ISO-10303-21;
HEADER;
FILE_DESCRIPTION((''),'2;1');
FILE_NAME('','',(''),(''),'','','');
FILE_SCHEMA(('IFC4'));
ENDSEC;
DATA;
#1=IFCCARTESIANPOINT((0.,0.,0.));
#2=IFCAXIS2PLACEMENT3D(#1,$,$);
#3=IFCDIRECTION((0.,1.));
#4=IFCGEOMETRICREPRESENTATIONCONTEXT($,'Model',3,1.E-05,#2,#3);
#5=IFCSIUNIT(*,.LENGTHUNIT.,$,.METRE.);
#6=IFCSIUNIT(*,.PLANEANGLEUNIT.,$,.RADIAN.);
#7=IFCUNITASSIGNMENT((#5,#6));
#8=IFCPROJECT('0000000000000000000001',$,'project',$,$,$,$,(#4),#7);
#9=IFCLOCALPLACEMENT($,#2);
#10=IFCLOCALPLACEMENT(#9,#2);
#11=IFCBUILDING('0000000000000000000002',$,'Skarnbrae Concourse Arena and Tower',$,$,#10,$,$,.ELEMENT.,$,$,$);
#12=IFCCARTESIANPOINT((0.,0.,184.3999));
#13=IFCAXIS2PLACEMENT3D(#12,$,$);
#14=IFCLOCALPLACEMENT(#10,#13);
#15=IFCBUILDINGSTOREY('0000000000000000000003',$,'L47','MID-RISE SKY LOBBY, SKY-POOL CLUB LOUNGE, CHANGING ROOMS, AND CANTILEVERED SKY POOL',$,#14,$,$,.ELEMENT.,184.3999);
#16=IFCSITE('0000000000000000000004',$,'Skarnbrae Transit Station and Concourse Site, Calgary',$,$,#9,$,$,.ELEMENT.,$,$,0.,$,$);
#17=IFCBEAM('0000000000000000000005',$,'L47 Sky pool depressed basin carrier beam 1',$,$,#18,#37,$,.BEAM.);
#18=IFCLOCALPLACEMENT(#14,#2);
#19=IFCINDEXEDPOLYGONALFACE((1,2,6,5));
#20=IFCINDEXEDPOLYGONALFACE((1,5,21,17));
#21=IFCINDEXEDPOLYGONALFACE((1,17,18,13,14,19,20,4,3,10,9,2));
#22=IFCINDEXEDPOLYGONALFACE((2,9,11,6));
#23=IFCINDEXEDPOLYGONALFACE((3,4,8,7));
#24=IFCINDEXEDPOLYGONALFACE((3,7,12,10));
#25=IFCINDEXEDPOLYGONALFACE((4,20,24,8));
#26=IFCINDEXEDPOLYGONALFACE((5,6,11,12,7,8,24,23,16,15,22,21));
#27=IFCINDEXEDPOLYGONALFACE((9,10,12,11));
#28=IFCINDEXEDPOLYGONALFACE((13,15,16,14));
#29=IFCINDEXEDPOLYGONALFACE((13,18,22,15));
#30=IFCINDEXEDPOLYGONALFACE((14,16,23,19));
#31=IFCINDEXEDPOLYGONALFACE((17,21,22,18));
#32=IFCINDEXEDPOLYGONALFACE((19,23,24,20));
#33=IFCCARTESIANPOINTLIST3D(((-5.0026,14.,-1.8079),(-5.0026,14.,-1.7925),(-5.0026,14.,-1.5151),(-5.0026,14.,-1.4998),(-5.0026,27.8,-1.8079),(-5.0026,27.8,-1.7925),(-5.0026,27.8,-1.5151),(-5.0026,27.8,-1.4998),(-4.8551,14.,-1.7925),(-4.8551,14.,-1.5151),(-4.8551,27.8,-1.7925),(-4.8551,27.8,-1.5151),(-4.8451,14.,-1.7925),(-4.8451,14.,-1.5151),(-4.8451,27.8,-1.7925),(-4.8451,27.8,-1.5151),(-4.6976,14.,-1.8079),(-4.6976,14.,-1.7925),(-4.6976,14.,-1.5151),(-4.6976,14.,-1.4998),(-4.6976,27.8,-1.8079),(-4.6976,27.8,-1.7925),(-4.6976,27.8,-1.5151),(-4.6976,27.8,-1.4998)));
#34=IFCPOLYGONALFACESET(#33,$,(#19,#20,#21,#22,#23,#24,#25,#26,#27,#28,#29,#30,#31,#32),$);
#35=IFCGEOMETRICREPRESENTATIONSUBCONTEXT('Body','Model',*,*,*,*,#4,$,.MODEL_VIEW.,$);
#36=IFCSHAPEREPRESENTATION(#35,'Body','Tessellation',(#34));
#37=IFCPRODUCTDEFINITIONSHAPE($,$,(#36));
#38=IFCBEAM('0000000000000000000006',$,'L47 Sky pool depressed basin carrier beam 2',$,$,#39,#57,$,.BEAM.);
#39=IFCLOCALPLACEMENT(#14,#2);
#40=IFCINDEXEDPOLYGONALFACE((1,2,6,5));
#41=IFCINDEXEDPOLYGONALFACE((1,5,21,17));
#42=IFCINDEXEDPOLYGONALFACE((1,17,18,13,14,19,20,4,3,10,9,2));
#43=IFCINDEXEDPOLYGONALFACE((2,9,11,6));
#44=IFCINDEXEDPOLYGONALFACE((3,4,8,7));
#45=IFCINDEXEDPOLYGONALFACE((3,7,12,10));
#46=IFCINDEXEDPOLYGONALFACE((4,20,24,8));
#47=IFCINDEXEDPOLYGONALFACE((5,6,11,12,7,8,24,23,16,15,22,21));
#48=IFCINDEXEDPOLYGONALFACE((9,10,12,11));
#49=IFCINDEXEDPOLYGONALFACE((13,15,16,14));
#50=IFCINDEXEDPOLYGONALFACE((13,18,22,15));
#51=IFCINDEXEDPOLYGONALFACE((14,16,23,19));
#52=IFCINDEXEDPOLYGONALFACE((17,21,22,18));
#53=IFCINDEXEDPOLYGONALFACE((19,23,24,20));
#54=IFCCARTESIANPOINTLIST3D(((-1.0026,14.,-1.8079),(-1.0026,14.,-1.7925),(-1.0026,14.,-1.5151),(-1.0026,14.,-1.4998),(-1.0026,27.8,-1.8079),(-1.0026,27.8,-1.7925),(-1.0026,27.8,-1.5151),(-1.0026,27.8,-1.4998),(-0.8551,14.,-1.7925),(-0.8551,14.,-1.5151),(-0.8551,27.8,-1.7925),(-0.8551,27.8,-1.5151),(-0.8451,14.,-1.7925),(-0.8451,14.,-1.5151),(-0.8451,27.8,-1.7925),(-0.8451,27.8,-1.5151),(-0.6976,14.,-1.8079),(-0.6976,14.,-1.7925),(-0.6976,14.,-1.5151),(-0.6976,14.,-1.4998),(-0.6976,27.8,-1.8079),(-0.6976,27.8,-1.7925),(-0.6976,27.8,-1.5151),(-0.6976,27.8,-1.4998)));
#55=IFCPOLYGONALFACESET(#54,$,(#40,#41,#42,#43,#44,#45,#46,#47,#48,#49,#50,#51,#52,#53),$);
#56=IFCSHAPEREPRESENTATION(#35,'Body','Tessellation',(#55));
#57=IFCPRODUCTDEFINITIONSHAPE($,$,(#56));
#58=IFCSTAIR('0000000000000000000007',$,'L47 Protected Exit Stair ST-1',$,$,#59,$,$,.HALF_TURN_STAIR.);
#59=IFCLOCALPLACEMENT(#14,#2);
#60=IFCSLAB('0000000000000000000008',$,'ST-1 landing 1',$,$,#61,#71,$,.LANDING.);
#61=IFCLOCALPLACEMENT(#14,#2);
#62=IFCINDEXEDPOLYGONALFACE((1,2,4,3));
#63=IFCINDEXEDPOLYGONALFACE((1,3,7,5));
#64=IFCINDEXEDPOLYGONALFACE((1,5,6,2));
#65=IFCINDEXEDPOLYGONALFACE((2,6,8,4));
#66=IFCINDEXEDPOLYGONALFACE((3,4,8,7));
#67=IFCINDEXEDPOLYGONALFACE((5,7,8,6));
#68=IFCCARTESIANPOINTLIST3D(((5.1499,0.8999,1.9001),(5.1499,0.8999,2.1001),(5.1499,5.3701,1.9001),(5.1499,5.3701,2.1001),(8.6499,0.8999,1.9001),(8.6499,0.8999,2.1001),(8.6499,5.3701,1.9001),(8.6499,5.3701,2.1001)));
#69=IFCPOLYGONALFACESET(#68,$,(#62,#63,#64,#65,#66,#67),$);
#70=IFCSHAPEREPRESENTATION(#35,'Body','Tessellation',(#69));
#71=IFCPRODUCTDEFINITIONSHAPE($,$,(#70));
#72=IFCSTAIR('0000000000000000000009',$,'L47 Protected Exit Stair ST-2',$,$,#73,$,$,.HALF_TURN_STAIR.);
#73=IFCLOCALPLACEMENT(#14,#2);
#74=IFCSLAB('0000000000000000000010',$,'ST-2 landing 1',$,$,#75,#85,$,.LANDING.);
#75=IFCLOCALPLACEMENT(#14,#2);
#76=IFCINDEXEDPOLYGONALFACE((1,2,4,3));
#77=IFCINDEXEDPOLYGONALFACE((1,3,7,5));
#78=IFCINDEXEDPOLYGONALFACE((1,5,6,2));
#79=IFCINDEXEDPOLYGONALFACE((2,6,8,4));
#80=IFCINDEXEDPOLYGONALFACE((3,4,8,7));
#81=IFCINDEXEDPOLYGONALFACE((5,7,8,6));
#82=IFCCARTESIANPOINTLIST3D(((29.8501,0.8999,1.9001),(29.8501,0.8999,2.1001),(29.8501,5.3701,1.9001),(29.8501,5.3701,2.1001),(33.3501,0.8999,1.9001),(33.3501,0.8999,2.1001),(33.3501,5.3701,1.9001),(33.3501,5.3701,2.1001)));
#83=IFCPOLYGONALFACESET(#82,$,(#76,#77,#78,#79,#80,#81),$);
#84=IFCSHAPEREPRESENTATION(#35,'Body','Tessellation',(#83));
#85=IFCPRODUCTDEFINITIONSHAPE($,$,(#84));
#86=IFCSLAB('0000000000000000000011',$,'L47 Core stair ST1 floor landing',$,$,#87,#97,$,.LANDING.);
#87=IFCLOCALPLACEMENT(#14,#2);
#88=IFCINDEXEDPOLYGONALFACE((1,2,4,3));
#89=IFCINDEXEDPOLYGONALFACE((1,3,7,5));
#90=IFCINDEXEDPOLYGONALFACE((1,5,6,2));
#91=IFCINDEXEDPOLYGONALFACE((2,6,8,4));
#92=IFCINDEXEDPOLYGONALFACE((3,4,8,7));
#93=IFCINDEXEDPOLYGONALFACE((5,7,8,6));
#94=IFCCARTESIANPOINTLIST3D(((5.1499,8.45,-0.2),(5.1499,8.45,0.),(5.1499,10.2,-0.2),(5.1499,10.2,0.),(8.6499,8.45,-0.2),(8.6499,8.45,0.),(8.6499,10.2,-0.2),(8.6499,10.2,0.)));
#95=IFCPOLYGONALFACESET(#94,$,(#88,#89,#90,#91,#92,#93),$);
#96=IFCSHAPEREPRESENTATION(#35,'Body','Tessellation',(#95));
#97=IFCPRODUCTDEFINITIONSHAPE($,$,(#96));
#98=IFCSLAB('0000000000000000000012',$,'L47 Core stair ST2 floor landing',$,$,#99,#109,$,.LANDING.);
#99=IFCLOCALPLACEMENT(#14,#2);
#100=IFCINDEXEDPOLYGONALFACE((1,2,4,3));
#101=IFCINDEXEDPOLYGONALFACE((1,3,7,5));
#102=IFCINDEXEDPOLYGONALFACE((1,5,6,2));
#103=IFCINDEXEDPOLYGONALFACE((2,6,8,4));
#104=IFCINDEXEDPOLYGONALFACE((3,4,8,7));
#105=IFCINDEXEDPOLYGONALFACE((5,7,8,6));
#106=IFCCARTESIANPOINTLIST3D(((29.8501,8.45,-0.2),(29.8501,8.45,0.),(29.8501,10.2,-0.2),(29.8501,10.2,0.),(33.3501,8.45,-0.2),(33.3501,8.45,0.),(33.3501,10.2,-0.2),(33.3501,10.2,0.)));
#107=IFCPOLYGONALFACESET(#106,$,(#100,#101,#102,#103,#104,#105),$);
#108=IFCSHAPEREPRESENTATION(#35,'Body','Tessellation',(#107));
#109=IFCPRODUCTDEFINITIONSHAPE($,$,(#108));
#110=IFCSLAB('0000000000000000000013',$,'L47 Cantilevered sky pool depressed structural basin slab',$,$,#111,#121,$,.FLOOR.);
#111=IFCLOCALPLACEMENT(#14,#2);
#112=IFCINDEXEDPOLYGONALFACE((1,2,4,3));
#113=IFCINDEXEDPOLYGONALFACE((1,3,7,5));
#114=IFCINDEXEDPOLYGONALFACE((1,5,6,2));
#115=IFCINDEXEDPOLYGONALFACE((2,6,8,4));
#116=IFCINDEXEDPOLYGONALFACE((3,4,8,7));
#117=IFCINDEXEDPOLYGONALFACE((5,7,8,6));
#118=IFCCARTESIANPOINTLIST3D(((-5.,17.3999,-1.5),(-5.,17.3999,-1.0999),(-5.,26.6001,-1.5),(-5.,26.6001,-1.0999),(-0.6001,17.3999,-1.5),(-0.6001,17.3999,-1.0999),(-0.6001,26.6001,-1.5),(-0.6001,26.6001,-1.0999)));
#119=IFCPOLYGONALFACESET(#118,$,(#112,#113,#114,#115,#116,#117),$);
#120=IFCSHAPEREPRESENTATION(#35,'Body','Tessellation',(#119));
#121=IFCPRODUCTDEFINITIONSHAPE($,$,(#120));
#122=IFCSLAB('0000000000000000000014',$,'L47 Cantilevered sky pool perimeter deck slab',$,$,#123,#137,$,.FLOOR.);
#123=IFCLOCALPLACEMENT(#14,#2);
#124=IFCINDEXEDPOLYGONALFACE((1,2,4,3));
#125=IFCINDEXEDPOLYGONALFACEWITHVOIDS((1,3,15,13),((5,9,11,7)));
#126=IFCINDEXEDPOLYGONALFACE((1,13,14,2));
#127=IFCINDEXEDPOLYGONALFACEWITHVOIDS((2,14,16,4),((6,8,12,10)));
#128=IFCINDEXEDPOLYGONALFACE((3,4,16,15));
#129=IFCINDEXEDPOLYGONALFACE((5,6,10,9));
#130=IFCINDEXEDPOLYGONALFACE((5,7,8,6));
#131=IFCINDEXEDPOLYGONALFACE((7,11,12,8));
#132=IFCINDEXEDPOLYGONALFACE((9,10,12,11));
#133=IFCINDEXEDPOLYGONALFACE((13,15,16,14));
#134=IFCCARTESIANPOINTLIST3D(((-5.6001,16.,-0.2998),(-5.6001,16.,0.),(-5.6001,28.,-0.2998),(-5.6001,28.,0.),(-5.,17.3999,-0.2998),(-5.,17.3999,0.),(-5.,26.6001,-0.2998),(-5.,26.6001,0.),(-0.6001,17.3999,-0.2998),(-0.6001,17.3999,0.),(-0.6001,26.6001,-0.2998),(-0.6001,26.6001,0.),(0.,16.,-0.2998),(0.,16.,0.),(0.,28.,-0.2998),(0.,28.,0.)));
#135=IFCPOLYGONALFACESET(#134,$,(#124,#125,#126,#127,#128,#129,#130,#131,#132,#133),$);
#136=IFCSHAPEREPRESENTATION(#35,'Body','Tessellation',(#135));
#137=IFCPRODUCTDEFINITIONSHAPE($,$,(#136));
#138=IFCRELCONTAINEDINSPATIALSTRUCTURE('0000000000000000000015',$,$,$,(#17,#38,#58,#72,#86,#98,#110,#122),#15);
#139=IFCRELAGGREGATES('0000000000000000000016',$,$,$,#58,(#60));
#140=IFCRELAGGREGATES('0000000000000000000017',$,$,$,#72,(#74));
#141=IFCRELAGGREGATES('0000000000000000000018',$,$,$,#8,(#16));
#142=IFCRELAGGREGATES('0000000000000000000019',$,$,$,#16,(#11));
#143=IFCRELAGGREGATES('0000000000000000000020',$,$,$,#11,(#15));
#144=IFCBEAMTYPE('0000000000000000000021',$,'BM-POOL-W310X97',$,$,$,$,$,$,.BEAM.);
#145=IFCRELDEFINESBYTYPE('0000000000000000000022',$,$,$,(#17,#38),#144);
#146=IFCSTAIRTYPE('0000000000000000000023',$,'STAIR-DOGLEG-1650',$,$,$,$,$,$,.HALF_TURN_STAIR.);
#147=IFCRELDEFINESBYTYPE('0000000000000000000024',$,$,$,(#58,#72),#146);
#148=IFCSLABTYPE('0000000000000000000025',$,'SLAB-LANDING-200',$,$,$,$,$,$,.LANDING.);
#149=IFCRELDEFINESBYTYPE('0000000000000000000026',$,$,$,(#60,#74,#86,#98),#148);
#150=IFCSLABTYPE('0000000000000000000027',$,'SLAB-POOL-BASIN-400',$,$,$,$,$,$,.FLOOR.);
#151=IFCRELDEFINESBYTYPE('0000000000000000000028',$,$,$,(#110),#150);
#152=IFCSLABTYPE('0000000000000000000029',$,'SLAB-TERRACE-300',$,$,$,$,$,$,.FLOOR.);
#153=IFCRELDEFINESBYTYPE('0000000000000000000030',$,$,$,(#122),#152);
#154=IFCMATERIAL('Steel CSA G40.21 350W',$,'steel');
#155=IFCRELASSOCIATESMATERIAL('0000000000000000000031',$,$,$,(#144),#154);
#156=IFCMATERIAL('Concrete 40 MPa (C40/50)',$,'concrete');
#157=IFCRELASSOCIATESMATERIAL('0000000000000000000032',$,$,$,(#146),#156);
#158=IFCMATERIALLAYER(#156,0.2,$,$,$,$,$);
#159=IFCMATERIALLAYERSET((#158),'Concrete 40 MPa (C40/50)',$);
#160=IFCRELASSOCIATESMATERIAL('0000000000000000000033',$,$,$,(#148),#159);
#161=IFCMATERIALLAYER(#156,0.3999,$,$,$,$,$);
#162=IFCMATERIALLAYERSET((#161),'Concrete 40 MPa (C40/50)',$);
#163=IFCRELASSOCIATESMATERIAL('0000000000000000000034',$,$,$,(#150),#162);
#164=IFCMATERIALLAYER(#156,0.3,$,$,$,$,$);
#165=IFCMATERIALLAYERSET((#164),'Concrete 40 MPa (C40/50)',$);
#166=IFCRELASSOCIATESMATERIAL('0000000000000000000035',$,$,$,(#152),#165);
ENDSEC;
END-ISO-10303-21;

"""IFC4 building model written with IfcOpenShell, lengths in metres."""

from ifc_helpers import new_model, si_unit, direction, frame, origin, origin_2d, place, context, subcontext, project, spatial, polyline, i_section, outline, extrude, source, transform, mapped, material, layer, layer_set, material_profile, profile_set, type_object, element, aggregate, save


model = new_model("IFC4")

# Units and contexts
model_context = context("Model", 3, precision=1e-05, world=origin(), true_north=direction((0.0, 1.0)))
body_context = subcontext(model_context, "Body", "Model", "MODEL_VIEW")
ifc_project = project(units=[si_unit("LENGTHUNIT", "METRE"), si_unit("PLANEANGLEUNIT", "RADIAN")], contexts=[model_context])

# Site, building, storey
site_placement = place(None, origin())
site = spatial("IfcSite", under=ifc_project, at=site_placement, Name="Skarnbrae Transit Station and Concourse Site, Calgary", CompositionType="ELEMENT", RefElevation=0.0)
building_placement = place(site_placement, origin())
building = spatial("IfcBuilding", under=site, at=building_placement, Name="Skarnbrae Concourse Arena and Tower", CompositionType="ELEMENT")
storey_placement = place(building_placement, frame((0.0, 0.0, 184.3999)))
storey = spatial("IfcBuildingStorey", under=building, at=storey_placement, Name="L47", Description="MID-RISE SKY LOBBY, SKY-POOL CLUB LOUNGE, CHANGING ROOMS, AND CANTILEVERED SKY POOL", CompositionType="ELEMENT", Elevation=184.3999)

# Shared definitions
ifc_material_1 = material(Name="Steel CSA G40.21 350W", Category="steel")

# Beams
ifc_material_profile_1 = material_profile(ifc_material_1, i_section(OverallWidth=0.3049, OverallDepth=0.3081, WebThickness=0.01, FlangeThickness=0.0154, at=origin_2d()), Name="W310X97")
ifc_profile_set_1 = profile_set([ifc_material_profile_1], Name="Steel CSA G40.21 350W")
beam_type_1 = type_object("IfcBeamType", Name="BM-POOL-W310X97", PredefinedType="BEAM", material=ifc_profile_set_1)
shared_shape_1 = source(origin(), body_context, "Body", "SweptSolid", [
    extrude(i_section(OverallWidth=0.3049, OverallDepth=0.3081, WebThickness=0.01, FlangeThickness=0.0154, at=origin_2d()), origin(), (0.0, 0.0, 1.0), 13.8),
])
for number, where, z_axis, x_axis, name in (
    (1, (-4.8501, 14.0, -1.6538), (0.0, 1.0, 0.0), (-1.0, 0.0, 0.0), "L47 Sky pool depressed basin carrier beam 1"),
    (2, (-0.8501, 14.0, -1.6538), (0.0, 1.0, 0.0), (-1.0, 0.0, 0.0), "L47 Sky pool depressed basin carrier beam 2"),
):
    element("IfcBeam", number, at=place(storey_placement, frame(where, z_axis=z_axis, x_axis=x_axis)), inside=storey, type_object=beam_type_1, Name=name, PredefinedType="BEAM", context=body_context, shape_type="MappedRepresentation", body=[
        mapped(shared_shape_1, transform((0.0, 0.0, 0.0))),
    ])

# Stairs, slabs
ifc_material_2 = material(Name="Concrete 40 MPa (C40/50)", Category="concrete")
stair_type = type_object("IfcStairType", Name="STAIR-DOGLEG-1650", PredefinedType="HALF_TURN_STAIR", material=ifc_material_2)
stair_1_placement = place(storey_placement, origin())
stair_1 = element("IfcStair", 3, at=stair_1_placement, inside=storey, type_object=stair_type, Name="L47 Protected Exit Stair ST-1", PredefinedType="HALF_TURN_STAIR")
ifc_layer_1 = layer(ifc_material_2, 0.2)
ifc_layer_set_1 = layer_set([ifc_layer_1], Name="Concrete 40 MPa (C40/50)")
slab_type_1 = type_object("IfcSlabType", Name="SLAB-LANDING-200", PredefinedType="LANDING", material=ifc_layer_set_1)
slab_1_placement = place(storey_placement, frame((0.0, 0.0, 1.9001)))
slab_1 = element("IfcSlab", 4, at=slab_1_placement, type_object=slab_type_1, Name="ST-1 landing 1", PredefinedType="LANDING", context=body_context, shape_type="SweptSolid", body=[
    extrude(outline(polyline([(5.1499, 5.3701), (5.1499, 0.8999), (8.6499, 0.8999), (8.6499, 5.3701), (5.1499, 5.3701)])), origin(), (0.0, 0.0, 1.0), 0.2),
])
aggregate(stair_1, [slab_1])
stair_2_placement = place(storey_placement, origin())
stair_2 = element("IfcStair", 5, at=stair_2_placement, inside=storey, type_object=stair_type, Name="L47 Protected Exit Stair ST-2", PredefinedType="HALF_TURN_STAIR")
slab_2_placement = place(storey_placement, frame((0.0, 0.0, 1.9001)))
slab_2 = element("IfcSlab", 6, at=slab_2_placement, type_object=slab_type_1, Name="ST-2 landing 1", PredefinedType="LANDING", context=body_context, shape_type="SweptSolid", body=[
    extrude(outline(polyline([(29.8501, 5.3701), (29.8501, 0.8999), (33.3501, 0.8999), (33.3501, 5.3701), (29.8501, 5.3701)])), origin(), (0.0, 0.0, 1.0), 0.2),
])
aggregate(stair_2, [slab_2])

# Slabs
slab_3_placement = place(storey_placement, frame((0.0, 0.0, -0.2)))
element("IfcSlab", 7, at=slab_3_placement, inside=storey, type_object=slab_type_1, Name="L47 Core stair ST1 floor landing", PredefinedType="LANDING", context=body_context, shape_type="SweptSolid", body=[
    extrude(outline(polyline([(5.1499, 10.2), (5.1499, 8.45), (8.6499, 8.45), (8.6499, 10.2), (5.1499, 10.2)])), origin(), (0.0, 0.0, 1.0), 0.2),
])
slab_4_placement = place(storey_placement, frame((0.0, 0.0, -0.2)))
element("IfcSlab", 8, at=slab_4_placement, inside=storey, type_object=slab_type_1, Name="L47 Core stair ST2 floor landing", PredefinedType="LANDING", context=body_context, shape_type="SweptSolid", body=[
    extrude(outline(polyline([(29.8501, 10.2), (29.8501, 8.45), (33.3501, 8.45), (33.3501, 10.2), (29.8501, 10.2)])), origin(), (0.0, 0.0, 1.0), 0.2),
])
ifc_layer_2 = layer(ifc_material_2, 0.3999)
ifc_layer_set_2 = layer_set([ifc_layer_2], Name="Concrete 40 MPa (C40/50)")
slab_type_2 = type_object("IfcSlabType", Name="SLAB-POOL-BASIN-400", PredefinedType="FLOOR", material=ifc_layer_set_2)
slab_5_placement = place(storey_placement, frame((0.0, 0.0, -1.5)))
element("IfcSlab", 9, at=slab_5_placement, inside=storey, type_object=slab_type_2, Name="L47 Cantilevered sky pool depressed structural basin slab", PredefinedType="FLOOR", context=body_context, shape_type="SweptSolid", body=[
    extrude(outline(polyline([(-5.0, 17.3999), (-0.6001, 17.3999), (-0.6001, 26.6001), (-5.0, 26.6001), (-5.0, 17.3999)])), origin(), (0.0, 0.0, 1.0), 0.4001),
])
ifc_layer_3 = layer(ifc_material_2, 0.3)
ifc_layer_set_3 = layer_set([ifc_layer_3], Name="Concrete 40 MPa (C40/50)")
slab_type_3 = type_object("IfcSlabType", Name="SLAB-TERRACE-300", PredefinedType="FLOOR", material=ifc_layer_set_3)
slab_6_placement = place(storey_placement, frame((0.0, 0.0, -0.2998)))
element("IfcSlab", 10, at=slab_6_placement, inside=storey, type_object=slab_type_3, Name="L47 Cantilevered sky pool perimeter deck slab", PredefinedType="FLOOR", context=body_context, shape_type="SweptSolid", body=[
    extrude(outline(polyline([(-5.6001, 16.0), (0.0, 16.0), (0.0, 28.0), (-5.6001, 28.0), (-5.6001, 16.0)]), holes=[polyline([(-5.0, 26.6001), (-0.6001, 26.6001), (-0.6001, 17.3999), (-5.0, 17.3999), (-5.0, 26.6001)])]), origin(), (0.0, 0.0, 1.0), 0.2998),
])

save(model, "model.ifc")
